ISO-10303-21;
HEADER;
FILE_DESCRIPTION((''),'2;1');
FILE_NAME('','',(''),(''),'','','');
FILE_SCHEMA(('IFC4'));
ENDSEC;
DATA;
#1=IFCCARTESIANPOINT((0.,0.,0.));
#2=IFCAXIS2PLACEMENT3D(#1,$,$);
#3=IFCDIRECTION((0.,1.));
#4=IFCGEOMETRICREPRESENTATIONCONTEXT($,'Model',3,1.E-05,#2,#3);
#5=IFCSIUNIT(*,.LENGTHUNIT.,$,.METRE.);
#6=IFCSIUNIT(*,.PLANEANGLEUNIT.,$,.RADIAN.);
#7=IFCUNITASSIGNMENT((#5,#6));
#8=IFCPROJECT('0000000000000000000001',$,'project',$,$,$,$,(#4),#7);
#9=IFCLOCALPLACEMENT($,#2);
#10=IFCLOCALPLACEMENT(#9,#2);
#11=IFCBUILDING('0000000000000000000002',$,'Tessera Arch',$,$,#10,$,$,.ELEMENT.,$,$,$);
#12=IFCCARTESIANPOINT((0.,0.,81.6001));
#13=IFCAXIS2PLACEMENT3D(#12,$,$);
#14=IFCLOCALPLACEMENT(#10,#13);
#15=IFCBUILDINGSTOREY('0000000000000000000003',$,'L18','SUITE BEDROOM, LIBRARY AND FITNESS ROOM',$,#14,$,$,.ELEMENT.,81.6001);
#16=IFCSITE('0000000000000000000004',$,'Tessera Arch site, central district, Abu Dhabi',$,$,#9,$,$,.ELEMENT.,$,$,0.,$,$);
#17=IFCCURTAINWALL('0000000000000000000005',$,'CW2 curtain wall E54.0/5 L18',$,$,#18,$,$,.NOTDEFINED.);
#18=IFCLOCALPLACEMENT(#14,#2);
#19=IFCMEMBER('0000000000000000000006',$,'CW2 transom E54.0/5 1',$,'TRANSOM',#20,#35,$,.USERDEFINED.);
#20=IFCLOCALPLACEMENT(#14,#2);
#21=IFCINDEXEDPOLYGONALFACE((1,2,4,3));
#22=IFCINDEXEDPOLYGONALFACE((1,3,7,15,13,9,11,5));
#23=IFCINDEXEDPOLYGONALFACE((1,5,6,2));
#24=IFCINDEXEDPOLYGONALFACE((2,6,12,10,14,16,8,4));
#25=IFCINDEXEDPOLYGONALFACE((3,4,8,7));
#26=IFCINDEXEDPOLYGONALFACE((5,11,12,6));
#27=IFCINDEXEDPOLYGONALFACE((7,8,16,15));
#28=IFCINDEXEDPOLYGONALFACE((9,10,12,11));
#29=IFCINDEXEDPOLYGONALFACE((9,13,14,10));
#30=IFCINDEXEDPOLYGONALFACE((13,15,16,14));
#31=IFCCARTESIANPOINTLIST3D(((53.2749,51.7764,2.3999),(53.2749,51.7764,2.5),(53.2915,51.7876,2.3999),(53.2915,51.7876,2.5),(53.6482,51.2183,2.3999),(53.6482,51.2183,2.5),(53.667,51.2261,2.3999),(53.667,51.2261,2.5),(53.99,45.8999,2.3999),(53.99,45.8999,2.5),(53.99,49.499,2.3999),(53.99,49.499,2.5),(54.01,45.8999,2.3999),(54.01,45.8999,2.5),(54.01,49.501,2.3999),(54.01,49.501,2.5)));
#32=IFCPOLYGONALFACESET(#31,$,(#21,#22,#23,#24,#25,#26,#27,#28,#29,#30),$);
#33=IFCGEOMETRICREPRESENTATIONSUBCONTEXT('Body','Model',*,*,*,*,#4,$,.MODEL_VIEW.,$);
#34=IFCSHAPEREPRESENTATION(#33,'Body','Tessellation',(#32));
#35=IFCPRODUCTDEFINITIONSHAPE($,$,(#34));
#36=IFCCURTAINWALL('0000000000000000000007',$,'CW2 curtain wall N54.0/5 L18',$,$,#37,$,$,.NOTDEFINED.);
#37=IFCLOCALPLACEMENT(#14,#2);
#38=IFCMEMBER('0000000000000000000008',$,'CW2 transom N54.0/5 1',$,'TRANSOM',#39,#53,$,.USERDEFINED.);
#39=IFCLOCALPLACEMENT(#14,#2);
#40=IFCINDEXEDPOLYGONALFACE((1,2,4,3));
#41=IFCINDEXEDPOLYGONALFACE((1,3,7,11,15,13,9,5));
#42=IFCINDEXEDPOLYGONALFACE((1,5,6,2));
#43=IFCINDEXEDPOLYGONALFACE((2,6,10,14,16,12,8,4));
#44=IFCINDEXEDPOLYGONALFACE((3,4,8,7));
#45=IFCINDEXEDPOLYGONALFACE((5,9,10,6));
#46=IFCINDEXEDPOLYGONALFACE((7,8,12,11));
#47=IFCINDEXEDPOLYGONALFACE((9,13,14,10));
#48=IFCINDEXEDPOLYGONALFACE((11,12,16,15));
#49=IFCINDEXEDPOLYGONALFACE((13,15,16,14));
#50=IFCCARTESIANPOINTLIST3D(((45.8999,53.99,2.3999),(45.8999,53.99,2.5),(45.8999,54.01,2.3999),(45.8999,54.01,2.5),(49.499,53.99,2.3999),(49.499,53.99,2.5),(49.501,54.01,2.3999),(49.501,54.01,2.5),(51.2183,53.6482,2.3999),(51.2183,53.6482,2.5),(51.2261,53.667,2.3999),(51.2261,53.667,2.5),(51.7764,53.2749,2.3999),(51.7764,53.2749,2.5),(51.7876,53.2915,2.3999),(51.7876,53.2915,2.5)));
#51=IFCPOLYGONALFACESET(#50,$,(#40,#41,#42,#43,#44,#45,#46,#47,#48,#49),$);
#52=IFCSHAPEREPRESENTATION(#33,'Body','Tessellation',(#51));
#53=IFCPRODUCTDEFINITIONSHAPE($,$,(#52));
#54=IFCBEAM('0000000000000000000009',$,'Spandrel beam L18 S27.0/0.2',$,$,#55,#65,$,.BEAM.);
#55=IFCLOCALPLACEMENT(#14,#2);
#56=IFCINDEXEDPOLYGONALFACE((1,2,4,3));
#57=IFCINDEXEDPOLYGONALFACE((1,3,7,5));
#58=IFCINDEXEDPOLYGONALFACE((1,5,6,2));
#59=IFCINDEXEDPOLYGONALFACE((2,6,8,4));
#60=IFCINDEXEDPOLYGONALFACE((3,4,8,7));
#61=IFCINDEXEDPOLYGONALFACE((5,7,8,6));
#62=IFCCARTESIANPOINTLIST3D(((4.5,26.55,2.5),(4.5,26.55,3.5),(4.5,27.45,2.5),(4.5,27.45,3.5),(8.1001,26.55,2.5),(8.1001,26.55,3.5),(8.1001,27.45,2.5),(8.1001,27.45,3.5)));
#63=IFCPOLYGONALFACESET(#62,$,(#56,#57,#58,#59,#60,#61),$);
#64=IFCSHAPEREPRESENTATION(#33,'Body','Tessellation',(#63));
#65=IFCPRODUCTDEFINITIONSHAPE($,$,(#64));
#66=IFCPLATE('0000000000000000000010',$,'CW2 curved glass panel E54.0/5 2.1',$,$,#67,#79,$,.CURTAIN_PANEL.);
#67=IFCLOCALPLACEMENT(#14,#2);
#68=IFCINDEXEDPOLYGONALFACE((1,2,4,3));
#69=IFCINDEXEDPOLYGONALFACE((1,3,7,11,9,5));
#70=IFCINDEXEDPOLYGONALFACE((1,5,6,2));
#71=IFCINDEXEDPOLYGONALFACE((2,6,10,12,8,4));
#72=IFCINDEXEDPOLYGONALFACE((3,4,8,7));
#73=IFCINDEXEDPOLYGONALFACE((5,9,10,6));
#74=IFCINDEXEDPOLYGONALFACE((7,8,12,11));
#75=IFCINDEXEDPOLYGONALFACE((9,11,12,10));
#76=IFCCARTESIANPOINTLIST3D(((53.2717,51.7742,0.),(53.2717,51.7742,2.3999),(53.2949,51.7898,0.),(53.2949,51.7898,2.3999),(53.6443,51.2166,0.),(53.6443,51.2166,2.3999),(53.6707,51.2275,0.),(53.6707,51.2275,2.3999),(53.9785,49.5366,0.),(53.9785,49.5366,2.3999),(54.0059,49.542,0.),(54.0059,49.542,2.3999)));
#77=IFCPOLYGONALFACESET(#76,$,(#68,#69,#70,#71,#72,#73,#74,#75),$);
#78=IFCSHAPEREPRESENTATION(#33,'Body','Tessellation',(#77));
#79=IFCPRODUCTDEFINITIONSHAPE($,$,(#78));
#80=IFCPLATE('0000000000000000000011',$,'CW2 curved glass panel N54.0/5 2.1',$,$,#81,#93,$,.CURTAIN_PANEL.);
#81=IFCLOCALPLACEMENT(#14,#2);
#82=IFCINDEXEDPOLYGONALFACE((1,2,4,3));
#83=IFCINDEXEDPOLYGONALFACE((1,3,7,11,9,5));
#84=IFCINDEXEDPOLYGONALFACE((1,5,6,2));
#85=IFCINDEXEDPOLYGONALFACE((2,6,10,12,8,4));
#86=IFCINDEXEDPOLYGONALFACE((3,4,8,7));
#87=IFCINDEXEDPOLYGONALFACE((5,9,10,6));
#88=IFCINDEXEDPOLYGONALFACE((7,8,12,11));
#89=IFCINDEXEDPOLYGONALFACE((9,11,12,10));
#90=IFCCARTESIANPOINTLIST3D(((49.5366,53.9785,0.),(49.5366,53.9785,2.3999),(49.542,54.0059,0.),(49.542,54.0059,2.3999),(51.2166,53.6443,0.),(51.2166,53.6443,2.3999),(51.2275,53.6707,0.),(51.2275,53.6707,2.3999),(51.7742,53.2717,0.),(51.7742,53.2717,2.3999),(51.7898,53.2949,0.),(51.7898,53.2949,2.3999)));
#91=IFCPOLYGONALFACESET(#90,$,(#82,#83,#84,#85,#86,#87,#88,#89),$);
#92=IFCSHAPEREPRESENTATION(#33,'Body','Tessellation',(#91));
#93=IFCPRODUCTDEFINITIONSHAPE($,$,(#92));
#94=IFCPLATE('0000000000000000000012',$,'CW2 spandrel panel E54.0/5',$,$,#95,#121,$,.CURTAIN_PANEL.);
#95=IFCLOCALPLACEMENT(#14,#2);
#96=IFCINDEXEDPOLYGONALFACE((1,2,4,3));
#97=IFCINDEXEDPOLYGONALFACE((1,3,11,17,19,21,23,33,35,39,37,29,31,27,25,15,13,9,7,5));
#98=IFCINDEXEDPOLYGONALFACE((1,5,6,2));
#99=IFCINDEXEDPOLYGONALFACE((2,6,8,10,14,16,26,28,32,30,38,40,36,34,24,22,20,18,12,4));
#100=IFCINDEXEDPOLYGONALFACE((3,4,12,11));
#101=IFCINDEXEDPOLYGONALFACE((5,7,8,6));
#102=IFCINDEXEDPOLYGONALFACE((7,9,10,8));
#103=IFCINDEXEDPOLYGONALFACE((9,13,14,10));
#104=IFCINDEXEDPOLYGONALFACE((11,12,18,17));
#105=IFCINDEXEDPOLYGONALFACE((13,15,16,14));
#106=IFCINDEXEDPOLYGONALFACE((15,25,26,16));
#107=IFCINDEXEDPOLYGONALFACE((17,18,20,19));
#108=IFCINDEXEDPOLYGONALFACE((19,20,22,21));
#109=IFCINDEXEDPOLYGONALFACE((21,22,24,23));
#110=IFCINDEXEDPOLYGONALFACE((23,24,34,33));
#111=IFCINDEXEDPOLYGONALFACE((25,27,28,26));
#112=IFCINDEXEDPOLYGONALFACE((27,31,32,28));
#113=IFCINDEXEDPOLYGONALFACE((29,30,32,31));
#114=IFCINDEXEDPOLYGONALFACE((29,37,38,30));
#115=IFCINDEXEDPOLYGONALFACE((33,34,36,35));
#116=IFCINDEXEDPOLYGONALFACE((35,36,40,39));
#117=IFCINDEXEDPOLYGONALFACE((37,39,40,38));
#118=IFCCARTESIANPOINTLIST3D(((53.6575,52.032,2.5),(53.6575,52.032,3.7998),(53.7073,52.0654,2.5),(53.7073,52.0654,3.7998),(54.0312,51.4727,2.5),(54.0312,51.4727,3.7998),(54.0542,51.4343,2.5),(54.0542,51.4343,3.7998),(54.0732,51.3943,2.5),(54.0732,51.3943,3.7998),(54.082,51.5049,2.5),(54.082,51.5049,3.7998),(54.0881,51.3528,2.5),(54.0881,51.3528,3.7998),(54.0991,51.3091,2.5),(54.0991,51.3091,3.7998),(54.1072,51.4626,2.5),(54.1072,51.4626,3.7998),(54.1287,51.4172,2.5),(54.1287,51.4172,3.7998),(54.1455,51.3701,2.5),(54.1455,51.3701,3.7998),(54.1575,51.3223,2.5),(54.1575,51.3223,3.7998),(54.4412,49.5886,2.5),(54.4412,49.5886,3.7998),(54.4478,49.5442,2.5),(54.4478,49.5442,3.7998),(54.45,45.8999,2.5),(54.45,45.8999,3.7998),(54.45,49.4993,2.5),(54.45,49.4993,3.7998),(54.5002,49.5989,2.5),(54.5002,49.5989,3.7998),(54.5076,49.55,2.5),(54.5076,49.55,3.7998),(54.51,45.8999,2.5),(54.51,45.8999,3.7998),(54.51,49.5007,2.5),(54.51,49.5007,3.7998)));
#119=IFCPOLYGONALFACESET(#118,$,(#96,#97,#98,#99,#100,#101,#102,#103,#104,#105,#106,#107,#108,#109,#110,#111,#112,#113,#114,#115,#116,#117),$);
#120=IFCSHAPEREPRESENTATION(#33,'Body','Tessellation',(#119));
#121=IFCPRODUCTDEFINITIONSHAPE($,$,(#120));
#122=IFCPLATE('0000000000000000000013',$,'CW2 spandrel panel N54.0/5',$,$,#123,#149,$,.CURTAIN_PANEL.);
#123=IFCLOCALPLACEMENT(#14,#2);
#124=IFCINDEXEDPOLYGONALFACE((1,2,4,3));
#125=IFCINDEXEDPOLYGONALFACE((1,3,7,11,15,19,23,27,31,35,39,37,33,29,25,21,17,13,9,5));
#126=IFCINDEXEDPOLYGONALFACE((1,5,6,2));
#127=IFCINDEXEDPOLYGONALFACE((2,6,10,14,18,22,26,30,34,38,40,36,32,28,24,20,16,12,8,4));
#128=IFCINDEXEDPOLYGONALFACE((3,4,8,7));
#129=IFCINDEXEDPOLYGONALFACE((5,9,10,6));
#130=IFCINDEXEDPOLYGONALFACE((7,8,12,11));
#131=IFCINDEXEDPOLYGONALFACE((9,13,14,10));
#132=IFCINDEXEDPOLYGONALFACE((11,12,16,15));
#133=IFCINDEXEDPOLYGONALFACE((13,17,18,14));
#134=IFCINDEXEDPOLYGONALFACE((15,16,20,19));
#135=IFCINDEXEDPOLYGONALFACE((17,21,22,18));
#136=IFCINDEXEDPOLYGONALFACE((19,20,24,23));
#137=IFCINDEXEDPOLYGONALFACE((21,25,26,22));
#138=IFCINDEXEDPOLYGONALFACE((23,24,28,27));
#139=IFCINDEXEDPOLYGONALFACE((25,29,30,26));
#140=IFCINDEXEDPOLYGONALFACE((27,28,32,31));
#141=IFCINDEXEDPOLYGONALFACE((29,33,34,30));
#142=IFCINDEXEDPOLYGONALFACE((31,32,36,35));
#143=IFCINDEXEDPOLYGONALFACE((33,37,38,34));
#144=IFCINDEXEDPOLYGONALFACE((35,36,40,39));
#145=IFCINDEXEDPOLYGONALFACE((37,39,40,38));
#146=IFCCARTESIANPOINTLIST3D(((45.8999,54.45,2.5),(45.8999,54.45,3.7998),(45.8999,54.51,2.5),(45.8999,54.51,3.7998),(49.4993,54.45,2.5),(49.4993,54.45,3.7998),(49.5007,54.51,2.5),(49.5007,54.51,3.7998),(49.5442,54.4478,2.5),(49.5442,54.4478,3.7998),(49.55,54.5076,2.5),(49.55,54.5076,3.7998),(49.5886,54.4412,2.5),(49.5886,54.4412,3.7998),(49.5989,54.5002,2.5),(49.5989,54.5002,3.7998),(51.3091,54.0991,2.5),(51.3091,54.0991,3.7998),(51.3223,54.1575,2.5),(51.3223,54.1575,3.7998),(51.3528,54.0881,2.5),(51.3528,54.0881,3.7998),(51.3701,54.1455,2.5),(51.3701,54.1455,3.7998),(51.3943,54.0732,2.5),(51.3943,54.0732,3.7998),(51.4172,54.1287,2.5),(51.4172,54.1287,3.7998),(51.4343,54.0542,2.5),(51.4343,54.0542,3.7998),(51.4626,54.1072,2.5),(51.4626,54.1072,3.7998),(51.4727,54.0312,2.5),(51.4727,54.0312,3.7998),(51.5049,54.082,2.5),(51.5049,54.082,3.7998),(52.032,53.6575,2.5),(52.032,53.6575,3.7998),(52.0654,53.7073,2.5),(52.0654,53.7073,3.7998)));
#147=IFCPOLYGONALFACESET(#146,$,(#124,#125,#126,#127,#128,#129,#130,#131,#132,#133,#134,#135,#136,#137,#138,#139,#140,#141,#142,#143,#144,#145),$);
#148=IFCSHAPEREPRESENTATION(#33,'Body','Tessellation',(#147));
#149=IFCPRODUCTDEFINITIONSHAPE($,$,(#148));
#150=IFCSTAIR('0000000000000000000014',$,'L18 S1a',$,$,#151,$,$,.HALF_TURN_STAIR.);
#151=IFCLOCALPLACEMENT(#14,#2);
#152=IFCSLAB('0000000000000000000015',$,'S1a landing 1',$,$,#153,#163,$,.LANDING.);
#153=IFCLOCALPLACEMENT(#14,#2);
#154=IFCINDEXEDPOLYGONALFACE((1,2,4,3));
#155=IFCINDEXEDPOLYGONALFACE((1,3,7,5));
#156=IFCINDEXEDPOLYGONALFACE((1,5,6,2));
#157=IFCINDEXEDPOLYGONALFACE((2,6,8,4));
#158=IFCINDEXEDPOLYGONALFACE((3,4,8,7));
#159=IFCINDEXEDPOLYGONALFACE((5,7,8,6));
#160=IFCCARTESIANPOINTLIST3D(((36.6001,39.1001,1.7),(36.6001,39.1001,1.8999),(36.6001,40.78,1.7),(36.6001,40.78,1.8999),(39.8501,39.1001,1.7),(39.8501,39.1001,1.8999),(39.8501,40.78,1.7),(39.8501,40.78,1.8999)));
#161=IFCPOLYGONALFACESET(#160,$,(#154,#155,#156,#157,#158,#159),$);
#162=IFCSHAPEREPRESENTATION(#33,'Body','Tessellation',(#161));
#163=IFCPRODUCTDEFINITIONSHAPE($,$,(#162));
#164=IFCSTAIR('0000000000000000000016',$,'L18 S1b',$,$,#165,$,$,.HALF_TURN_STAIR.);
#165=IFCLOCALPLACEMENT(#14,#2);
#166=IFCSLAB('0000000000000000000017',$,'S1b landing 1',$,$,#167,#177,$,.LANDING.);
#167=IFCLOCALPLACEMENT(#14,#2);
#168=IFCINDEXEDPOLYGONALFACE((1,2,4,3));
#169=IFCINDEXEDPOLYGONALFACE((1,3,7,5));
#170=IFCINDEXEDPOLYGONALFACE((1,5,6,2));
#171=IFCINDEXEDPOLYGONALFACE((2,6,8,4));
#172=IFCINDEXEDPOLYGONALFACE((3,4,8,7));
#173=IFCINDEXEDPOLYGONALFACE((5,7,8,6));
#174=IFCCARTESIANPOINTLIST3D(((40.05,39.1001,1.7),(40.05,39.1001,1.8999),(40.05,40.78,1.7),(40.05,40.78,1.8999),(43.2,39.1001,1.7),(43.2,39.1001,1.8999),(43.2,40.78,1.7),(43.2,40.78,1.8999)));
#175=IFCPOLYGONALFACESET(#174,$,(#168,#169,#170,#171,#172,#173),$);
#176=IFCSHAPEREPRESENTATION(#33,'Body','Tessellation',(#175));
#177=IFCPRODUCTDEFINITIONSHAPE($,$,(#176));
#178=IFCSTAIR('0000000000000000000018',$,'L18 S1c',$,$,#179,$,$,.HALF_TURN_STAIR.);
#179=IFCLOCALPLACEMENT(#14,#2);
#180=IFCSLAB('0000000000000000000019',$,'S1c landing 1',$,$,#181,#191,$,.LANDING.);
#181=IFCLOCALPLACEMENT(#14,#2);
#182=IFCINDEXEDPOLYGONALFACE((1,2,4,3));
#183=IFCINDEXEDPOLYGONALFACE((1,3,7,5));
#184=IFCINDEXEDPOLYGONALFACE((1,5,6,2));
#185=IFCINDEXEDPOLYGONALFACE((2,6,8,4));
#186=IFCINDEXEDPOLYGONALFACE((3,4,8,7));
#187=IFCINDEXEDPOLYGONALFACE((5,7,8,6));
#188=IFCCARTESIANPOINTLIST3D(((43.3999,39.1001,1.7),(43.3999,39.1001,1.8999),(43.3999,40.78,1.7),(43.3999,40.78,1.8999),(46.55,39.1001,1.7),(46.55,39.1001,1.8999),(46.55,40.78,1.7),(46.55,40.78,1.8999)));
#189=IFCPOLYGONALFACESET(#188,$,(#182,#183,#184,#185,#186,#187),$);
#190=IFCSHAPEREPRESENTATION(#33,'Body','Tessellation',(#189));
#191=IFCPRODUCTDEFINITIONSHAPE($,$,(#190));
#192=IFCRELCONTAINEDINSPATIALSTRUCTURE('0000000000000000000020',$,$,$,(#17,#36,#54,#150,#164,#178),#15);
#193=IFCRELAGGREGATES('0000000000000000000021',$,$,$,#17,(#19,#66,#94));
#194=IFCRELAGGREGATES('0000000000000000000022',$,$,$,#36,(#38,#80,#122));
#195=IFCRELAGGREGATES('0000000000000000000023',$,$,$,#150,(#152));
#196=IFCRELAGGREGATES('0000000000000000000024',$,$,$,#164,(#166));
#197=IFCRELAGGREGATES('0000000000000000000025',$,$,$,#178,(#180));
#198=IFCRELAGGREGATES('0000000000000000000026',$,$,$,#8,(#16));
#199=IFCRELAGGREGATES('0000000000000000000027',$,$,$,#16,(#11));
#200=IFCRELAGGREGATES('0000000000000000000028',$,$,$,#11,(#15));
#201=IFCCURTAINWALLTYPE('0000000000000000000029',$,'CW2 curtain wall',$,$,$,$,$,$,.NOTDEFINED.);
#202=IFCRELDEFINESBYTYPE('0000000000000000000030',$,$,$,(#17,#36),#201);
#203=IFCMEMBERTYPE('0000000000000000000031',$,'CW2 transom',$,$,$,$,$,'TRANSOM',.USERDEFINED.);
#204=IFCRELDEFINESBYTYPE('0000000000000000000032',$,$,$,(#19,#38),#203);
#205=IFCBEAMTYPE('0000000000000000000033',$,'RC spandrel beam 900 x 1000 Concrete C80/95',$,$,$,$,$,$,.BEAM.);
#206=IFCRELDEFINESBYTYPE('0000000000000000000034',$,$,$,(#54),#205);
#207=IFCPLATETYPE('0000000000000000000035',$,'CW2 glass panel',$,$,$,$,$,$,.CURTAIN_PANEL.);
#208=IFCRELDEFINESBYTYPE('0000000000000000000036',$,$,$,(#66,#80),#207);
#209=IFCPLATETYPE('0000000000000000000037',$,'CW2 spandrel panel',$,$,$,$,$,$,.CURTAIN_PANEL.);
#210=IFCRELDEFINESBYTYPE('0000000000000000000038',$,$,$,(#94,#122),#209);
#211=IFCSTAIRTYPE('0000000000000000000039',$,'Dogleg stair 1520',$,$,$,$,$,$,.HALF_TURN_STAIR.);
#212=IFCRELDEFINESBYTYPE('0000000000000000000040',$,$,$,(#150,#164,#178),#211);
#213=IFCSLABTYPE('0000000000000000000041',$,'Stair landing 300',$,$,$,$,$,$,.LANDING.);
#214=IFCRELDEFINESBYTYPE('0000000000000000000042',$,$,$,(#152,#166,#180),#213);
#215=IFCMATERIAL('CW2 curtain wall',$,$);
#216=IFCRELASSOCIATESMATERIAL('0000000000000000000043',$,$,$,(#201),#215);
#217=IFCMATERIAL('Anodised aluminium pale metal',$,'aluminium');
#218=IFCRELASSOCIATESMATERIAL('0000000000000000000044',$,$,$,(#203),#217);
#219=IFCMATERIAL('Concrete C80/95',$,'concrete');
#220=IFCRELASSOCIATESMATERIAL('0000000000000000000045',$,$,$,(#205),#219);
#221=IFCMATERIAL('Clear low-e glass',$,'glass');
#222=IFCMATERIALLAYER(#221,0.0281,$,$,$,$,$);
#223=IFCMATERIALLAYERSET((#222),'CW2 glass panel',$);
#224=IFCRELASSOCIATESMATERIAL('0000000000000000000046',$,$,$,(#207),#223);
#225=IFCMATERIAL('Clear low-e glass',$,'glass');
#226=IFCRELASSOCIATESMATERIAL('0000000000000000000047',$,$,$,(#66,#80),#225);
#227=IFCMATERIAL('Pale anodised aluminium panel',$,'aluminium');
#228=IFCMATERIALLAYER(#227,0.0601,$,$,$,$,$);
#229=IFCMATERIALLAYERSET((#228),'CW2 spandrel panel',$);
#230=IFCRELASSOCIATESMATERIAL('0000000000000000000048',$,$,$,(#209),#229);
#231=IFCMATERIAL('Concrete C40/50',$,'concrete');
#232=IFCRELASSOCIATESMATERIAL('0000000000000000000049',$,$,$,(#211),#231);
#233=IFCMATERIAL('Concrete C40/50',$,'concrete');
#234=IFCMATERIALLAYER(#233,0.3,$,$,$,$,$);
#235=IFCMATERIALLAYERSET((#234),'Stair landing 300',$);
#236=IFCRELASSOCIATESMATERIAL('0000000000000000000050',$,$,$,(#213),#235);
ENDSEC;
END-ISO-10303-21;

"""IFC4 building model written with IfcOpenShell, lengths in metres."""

from ifc_helpers import new_model, si_unit, direction, frame, origin, origin_2d, place, context, subcontext, project, spatial, polyline, rectangle, outline, extrude, material, layer, layer_set, material_profile, profile_set, type_object, element, aggregate, save


model = new_model("IFC4")

# Units and contexts
model_context = context("Model", 3, precision=1e-05, world=origin(), true_north=direction((0.0, 1.0)))
body_context = subcontext(model_context, "Body", "Model", "MODEL_VIEW")
ifc_project = project(units=[si_unit("LENGTHUNIT", "METRE"), si_unit("PLANEANGLEUNIT", "RADIAN")], contexts=[model_context])

# Site, building, storey
site_placement = place(None, origin())
site = spatial("IfcSite", under=ifc_project, at=site_placement, Name="Tessera Arch site, central district, Abu Dhabi", CompositionType="ELEMENT", RefElevation=0.0)
building_placement = place(site_placement, origin())
building = spatial("IfcBuilding", under=site, at=building_placement, Name="Tessera Arch", CompositionType="ELEMENT")
storey_placement = place(building_placement, frame((0.0, 0.0, 81.6001)))
storey = spatial("IfcBuildingStorey", under=building, at=storey_placement, Name="L18", Description="SUITE BEDROOM, LIBRARY AND FITNESS ROOM", CompositionType="ELEMENT", Elevation=81.6001)

# Curtain walls, members
ifc_material_1 = material(Name="CW2 curtain wall")
curtain_wall_type = type_object("IfcCurtainWallType", Name="CW2 curtain wall", PredefinedType="NOTDEFINED", material=ifc_material_1)
curtain_wall_1_placement = place(storey_placement, origin())
curtain_wall_1 = element("IfcCurtainWall", 1, at=curtain_wall_1_placement, inside=storey, type_object=curtain_wall_type, Name="CW2 curtain wall E54.0/5 L18", PredefinedType="NOTDEFINED")
ifc_material_2 = material(Name="Anodised aluminium pale metal", Category="aluminium")
ifc_material_profile_1 = material_profile(ifc_material_2, rectangle(XDim=0.2, YDim=0.1001, at=origin_2d()), Name="AL 200x100")
ifc_profile_set_1 = profile_set([ifc_material_profile_1], Name="Anodised aluminium pale metal")
member_type = type_object("IfcMemberType", Name="CW2 transom", ElementType="TRANSOM", PredefinedType="USERDEFINED", material=ifc_profile_set_1)
member_1_placement = place(storey_placement, frame((0.0, 0.0, 2.3999)))
member_1 = element("IfcMember", 2, at=member_1_placement, type_object=member_type, Name="CW2 transom E54.0/5 1", ObjectType="TRANSOM", PredefinedType="USERDEFINED", context=body_context, shape_type="SweptSolid", body=[
    extrude(outline(polyline([(53.99, 49.499), (53.99, 45.8999), (54.01, 45.8999), (54.01, 49.501), (53.667, 51.2261), (53.2915, 51.7876), (53.2749, 51.7764), (53.6482, 51.2183), (53.99, 49.499)])), origin(), (0.0, 0.0, 1.0), 0.1001),
])
curtain_wall_2_placement = place(storey_placement, origin())
curtain_wall_2 = element("IfcCurtainWall", 3, at=curtain_wall_2_placement, inside=storey, type_object=curtain_wall_type, Name="CW2 curtain wall N54.0/5 L18", PredefinedType="NOTDEFINED")
member_2_placement = place(storey_placement, frame((0.0, 0.0, 2.3999)))
member_2 = element("IfcMember", 4, at=member_2_placement, type_object=member_type, Name="CW2 transom N54.0/5 1", ObjectType="TRANSOM", PredefinedType="USERDEFINED", context=body_context, shape_type="SweptSolid", body=[
    extrude(outline(polyline([(51.2183, 53.6482), (51.7764, 53.2749), (51.7876, 53.2915), (51.2261, 53.667), (49.501, 54.01), (45.8999, 54.01), (45.8999, 53.99), (49.499, 53.99), (51.2183, 53.6482)])), origin(), (0.0, 0.0, 1.0), 0.1001),
])

# Beam
ifc_material_3 = material(Name="Concrete C80/95", Category="concrete")
ifc_material_profile_2 = material_profile(ifc_material_3, rectangle(XDim=0.8999, YDim=1.0, at=origin_2d()), Name="RC spandrel beam 900 x 1000 Concrete C80/95")
ifc_profile_set_2 = profile_set([ifc_material_profile_2], Name="Concrete C80/95")
beam_type = type_object("IfcBeamType", Name="RC spandrel beam 900 x 1000 Concrete C80/95", PredefinedType="BEAM", material=ifc_profile_set_2)
beam_placement = place(storey_placement, frame((4.5, 27.0, 3.0), z_axis=(1.0, 0.0, 0.0), x_axis=(0.0, 1.0, 0.0)))
element("IfcBeam", 5, at=beam_placement, inside=storey, type_object=beam_type, Name="Spandrel beam L18 S27.0/0.2", PredefinedType="BEAM", context=body_context, shape_type="SweptSolid", body=[
    extrude(rectangle(XDim=0.8999, YDim=1.0, at=origin_2d()), origin(), (0.0, 0.0, 1.0), 3.6001),
])

# Plates
ifc_material_4 = material(Name="Clear low-e glass", Category="glass")
ifc_material_5 = material(Name="Clear low-e glass", Category="glass")
ifc_layer_1 = layer(ifc_material_5, 0.0281)
ifc_layer_set_1 = layer_set([ifc_layer_1], Name="CW2 glass panel")
plate_type_1 = type_object("IfcPlateType", Name="CW2 glass panel", PredefinedType="CURTAIN_PANEL", material=ifc_layer_set_1)
plate_1_placement = place(storey_placement, origin())
plate_1 = element("IfcPlate", 6, at=plate_1_placement, type_object=plate_type_1, material=ifc_material_4, Name="CW2 curved glass panel E54.0/5 2.1", PredefinedType="CURTAIN_PANEL", context=body_context, shape_type="SweptSolid", body=[
    extrude(outline(polyline([(53.6443, 51.2166), (53.9785, 49.5366), (54.0059, 49.542), (53.6707, 51.2275), (53.2949, 51.7898), (53.2717, 51.7742), (53.6443, 51.2166)])), origin(), (0.0, 0.0, 1.0), 2.3999),
])
plate_2_placement = place(storey_placement, origin())
plate_2 = element("IfcPlate", 7, at=plate_2_placement, type_object=plate_type_1, material=ifc_material_4, Name="CW2 curved glass panel N54.0/5 2.1", PredefinedType="CURTAIN_PANEL", context=body_context, shape_type="SweptSolid", body=[
    extrude(outline(polyline([(51.2166, 53.6443), (51.7742, 53.2717), (51.7898, 53.2949), (51.2275, 53.6707), (49.542, 54.0059), (49.5366, 53.9785), (51.2166, 53.6443)])), origin(), (0.0, 0.0, 1.0), 2.3999),
])
ifc_material_6 = material(Name="Pale anodised aluminium panel", Category="aluminium")
ifc_layer_2 = layer(ifc_material_6, 0.0601)
ifc_layer_set_2 = layer_set([ifc_layer_2], Name="CW2 spandrel panel")
plate_type_2 = type_object("IfcPlateType", Name="CW2 spandrel panel", PredefinedType="CURTAIN_PANEL", material=ifc_layer_set_2)
plate_3_placement = place(storey_placement, frame((0.0, 0.0, 2.5)))
plate_3 = element("IfcPlate", 8, at=plate_3_placement, type_object=plate_type_2, Name="CW2 spandrel panel E54.0/5", PredefinedType="CURTAIN_PANEL", context=body_context, shape_type="SweptSolid", body=[
    extrude(outline(polyline([(54.45, 49.4993), (54.45, 45.8999), (54.51, 45.8999), (54.51, 49.5007), (54.5076, 49.55), (54.5002, 49.5989), (54.1575, 51.3223), (54.1455, 51.3701), (54.1287, 51.4172), (54.1072, 51.4626), (54.082, 51.5049), (53.7073, 52.0654), (53.6575, 52.032), (54.0312, 51.4727), (54.0542, 51.4343), (54.0732, 51.3943), (54.0881, 51.3528), (54.0991, 51.3091), (54.4412, 49.5886), (54.4478, 49.5442), (54.45, 49.4993)])), origin(), (0.0, 0.0, 1.0), 1.2998),
])
aggregate(curtain_wall_1, [member_1, plate_1, plate_3])
plate_4_placement = place(storey_placement, frame((0.0, 0.0, 2.5)))
plate_4 = element("IfcPlate", 9, at=plate_4_placement, type_object=plate_type_2, Name="CW2 spandrel panel N54.0/5", PredefinedType="CURTAIN_PANEL", context=body_context, shape_type="SweptSolid", body=[
    extrude(outline(polyline([(51.4727, 54.0312), (52.032, 53.6575), (52.0654, 53.7073), (51.5049, 54.082), (51.4626, 54.1072), (51.4172, 54.1287), (51.3701, 54.1455), (51.3223, 54.1575), (49.5989, 54.5002), (49.55, 54.5076), (49.5007, 54.51), (45.8999, 54.51), (45.8999, 54.45), (49.4993, 54.45), (49.5442, 54.4478), (49.5886, 54.4412), (51.3091, 54.0991), (51.3528, 54.0881), (51.3943, 54.0732), (51.4343, 54.0542), (51.4727, 54.0312)])), origin(), (0.0, 0.0, 1.0), 1.2998),
])
aggregate(curtain_wall_2, [member_2, plate_2, plate_4])

# Stairs, slabs
ifc_material_7 = material(Name="Concrete C40/50", Category="concrete")
stair_type_1 = type_object("IfcStairType", Name="Dogleg stair 1520", PredefinedType="HALF_TURN_STAIR", material=ifc_material_7)
stair_1_placement = place(storey_placement, origin())
stair_1 = element("IfcStair", 10, at=stair_1_placement, inside=storey, type_object=stair_type_1, Name="L18 S1a", PredefinedType="HALF_TURN_STAIR")
ifc_material_8 = material(Name="Concrete C40/50", Category="concrete")
ifc_layer_3 = layer(ifc_material_8, 0.3)
ifc_layer_set_3 = layer_set([ifc_layer_3], Name="Stair landing 300")
slab_type = type_object("IfcSlabType", Name="Stair landing 300", PredefinedType="LANDING", material=ifc_layer_set_3)
slab_1_placement = place(storey_placement, frame((0.0, 0.0, 1.7)))
slab_1 = element("IfcSlab", 11, at=slab_1_placement, type_object=slab_type, Name="S1a landing 1", PredefinedType="LANDING", context=body_context, shape_type="SweptSolid", body=[
    extrude(outline(polyline([(36.6001, 40.78), (36.6001, 39.1001), (39.8501, 39.1001), (39.8501, 40.78), (36.6001, 40.78)])), origin(), (0.0, 0.0, 1.0), 0.2),
])
aggregate(stair_1, [slab_1])
stair_2_placement = place(storey_placement, origin())
stair_2 = element("IfcStair", 12, at=stair_2_placement, inside=storey, type_object=stair_type_1, Name="L18 S1b", PredefinedType="HALF_TURN_STAIR")
slab_2_placement = place(storey_placement, frame((0.0, 0.0, 1.7)))
slab_2 = element("IfcSlab", 13, at=slab_2_placement, type_object=slab_type, Name="S1b landing 1", PredefinedType="LANDING", context=body_context, shape_type="SweptSolid", body=[
    extrude(outline(polyline([(40.05, 40.78), (40.05, 39.1001), (43.2, 39.1001), (43.2, 40.78), (40.05, 40.78)])), origin(), (0.0, 0.0, 1.0), 0.2),
])
aggregate(stair_2, [slab_2])
stair_3_placement = place(storey_placement, origin())
stair_3 = element("IfcStair", 14, at=stair_3_placement, inside=storey, type_object=stair_type_1, Name="L18 S1c", PredefinedType="HALF_TURN_STAIR")
slab_3_placement = place(storey_placement, frame((0.0, 0.0, 1.7)))
slab_3 = element("IfcSlab", 15, at=slab_3_placement, type_object=slab_type, Name="S1c landing 1", PredefinedType="LANDING", context=body_context, shape_type="SweptSolid", body=[
    extrude(outline(polyline([(43.3999, 40.78), (43.3999, 39.1001), (46.55, 39.1001), (46.55, 40.78), (43.3999, 40.78)])), origin(), (0.0, 0.0, 1.0), 0.2),
])
aggregate(stair_3, [slab_3])

save(model, "model.ifc")
